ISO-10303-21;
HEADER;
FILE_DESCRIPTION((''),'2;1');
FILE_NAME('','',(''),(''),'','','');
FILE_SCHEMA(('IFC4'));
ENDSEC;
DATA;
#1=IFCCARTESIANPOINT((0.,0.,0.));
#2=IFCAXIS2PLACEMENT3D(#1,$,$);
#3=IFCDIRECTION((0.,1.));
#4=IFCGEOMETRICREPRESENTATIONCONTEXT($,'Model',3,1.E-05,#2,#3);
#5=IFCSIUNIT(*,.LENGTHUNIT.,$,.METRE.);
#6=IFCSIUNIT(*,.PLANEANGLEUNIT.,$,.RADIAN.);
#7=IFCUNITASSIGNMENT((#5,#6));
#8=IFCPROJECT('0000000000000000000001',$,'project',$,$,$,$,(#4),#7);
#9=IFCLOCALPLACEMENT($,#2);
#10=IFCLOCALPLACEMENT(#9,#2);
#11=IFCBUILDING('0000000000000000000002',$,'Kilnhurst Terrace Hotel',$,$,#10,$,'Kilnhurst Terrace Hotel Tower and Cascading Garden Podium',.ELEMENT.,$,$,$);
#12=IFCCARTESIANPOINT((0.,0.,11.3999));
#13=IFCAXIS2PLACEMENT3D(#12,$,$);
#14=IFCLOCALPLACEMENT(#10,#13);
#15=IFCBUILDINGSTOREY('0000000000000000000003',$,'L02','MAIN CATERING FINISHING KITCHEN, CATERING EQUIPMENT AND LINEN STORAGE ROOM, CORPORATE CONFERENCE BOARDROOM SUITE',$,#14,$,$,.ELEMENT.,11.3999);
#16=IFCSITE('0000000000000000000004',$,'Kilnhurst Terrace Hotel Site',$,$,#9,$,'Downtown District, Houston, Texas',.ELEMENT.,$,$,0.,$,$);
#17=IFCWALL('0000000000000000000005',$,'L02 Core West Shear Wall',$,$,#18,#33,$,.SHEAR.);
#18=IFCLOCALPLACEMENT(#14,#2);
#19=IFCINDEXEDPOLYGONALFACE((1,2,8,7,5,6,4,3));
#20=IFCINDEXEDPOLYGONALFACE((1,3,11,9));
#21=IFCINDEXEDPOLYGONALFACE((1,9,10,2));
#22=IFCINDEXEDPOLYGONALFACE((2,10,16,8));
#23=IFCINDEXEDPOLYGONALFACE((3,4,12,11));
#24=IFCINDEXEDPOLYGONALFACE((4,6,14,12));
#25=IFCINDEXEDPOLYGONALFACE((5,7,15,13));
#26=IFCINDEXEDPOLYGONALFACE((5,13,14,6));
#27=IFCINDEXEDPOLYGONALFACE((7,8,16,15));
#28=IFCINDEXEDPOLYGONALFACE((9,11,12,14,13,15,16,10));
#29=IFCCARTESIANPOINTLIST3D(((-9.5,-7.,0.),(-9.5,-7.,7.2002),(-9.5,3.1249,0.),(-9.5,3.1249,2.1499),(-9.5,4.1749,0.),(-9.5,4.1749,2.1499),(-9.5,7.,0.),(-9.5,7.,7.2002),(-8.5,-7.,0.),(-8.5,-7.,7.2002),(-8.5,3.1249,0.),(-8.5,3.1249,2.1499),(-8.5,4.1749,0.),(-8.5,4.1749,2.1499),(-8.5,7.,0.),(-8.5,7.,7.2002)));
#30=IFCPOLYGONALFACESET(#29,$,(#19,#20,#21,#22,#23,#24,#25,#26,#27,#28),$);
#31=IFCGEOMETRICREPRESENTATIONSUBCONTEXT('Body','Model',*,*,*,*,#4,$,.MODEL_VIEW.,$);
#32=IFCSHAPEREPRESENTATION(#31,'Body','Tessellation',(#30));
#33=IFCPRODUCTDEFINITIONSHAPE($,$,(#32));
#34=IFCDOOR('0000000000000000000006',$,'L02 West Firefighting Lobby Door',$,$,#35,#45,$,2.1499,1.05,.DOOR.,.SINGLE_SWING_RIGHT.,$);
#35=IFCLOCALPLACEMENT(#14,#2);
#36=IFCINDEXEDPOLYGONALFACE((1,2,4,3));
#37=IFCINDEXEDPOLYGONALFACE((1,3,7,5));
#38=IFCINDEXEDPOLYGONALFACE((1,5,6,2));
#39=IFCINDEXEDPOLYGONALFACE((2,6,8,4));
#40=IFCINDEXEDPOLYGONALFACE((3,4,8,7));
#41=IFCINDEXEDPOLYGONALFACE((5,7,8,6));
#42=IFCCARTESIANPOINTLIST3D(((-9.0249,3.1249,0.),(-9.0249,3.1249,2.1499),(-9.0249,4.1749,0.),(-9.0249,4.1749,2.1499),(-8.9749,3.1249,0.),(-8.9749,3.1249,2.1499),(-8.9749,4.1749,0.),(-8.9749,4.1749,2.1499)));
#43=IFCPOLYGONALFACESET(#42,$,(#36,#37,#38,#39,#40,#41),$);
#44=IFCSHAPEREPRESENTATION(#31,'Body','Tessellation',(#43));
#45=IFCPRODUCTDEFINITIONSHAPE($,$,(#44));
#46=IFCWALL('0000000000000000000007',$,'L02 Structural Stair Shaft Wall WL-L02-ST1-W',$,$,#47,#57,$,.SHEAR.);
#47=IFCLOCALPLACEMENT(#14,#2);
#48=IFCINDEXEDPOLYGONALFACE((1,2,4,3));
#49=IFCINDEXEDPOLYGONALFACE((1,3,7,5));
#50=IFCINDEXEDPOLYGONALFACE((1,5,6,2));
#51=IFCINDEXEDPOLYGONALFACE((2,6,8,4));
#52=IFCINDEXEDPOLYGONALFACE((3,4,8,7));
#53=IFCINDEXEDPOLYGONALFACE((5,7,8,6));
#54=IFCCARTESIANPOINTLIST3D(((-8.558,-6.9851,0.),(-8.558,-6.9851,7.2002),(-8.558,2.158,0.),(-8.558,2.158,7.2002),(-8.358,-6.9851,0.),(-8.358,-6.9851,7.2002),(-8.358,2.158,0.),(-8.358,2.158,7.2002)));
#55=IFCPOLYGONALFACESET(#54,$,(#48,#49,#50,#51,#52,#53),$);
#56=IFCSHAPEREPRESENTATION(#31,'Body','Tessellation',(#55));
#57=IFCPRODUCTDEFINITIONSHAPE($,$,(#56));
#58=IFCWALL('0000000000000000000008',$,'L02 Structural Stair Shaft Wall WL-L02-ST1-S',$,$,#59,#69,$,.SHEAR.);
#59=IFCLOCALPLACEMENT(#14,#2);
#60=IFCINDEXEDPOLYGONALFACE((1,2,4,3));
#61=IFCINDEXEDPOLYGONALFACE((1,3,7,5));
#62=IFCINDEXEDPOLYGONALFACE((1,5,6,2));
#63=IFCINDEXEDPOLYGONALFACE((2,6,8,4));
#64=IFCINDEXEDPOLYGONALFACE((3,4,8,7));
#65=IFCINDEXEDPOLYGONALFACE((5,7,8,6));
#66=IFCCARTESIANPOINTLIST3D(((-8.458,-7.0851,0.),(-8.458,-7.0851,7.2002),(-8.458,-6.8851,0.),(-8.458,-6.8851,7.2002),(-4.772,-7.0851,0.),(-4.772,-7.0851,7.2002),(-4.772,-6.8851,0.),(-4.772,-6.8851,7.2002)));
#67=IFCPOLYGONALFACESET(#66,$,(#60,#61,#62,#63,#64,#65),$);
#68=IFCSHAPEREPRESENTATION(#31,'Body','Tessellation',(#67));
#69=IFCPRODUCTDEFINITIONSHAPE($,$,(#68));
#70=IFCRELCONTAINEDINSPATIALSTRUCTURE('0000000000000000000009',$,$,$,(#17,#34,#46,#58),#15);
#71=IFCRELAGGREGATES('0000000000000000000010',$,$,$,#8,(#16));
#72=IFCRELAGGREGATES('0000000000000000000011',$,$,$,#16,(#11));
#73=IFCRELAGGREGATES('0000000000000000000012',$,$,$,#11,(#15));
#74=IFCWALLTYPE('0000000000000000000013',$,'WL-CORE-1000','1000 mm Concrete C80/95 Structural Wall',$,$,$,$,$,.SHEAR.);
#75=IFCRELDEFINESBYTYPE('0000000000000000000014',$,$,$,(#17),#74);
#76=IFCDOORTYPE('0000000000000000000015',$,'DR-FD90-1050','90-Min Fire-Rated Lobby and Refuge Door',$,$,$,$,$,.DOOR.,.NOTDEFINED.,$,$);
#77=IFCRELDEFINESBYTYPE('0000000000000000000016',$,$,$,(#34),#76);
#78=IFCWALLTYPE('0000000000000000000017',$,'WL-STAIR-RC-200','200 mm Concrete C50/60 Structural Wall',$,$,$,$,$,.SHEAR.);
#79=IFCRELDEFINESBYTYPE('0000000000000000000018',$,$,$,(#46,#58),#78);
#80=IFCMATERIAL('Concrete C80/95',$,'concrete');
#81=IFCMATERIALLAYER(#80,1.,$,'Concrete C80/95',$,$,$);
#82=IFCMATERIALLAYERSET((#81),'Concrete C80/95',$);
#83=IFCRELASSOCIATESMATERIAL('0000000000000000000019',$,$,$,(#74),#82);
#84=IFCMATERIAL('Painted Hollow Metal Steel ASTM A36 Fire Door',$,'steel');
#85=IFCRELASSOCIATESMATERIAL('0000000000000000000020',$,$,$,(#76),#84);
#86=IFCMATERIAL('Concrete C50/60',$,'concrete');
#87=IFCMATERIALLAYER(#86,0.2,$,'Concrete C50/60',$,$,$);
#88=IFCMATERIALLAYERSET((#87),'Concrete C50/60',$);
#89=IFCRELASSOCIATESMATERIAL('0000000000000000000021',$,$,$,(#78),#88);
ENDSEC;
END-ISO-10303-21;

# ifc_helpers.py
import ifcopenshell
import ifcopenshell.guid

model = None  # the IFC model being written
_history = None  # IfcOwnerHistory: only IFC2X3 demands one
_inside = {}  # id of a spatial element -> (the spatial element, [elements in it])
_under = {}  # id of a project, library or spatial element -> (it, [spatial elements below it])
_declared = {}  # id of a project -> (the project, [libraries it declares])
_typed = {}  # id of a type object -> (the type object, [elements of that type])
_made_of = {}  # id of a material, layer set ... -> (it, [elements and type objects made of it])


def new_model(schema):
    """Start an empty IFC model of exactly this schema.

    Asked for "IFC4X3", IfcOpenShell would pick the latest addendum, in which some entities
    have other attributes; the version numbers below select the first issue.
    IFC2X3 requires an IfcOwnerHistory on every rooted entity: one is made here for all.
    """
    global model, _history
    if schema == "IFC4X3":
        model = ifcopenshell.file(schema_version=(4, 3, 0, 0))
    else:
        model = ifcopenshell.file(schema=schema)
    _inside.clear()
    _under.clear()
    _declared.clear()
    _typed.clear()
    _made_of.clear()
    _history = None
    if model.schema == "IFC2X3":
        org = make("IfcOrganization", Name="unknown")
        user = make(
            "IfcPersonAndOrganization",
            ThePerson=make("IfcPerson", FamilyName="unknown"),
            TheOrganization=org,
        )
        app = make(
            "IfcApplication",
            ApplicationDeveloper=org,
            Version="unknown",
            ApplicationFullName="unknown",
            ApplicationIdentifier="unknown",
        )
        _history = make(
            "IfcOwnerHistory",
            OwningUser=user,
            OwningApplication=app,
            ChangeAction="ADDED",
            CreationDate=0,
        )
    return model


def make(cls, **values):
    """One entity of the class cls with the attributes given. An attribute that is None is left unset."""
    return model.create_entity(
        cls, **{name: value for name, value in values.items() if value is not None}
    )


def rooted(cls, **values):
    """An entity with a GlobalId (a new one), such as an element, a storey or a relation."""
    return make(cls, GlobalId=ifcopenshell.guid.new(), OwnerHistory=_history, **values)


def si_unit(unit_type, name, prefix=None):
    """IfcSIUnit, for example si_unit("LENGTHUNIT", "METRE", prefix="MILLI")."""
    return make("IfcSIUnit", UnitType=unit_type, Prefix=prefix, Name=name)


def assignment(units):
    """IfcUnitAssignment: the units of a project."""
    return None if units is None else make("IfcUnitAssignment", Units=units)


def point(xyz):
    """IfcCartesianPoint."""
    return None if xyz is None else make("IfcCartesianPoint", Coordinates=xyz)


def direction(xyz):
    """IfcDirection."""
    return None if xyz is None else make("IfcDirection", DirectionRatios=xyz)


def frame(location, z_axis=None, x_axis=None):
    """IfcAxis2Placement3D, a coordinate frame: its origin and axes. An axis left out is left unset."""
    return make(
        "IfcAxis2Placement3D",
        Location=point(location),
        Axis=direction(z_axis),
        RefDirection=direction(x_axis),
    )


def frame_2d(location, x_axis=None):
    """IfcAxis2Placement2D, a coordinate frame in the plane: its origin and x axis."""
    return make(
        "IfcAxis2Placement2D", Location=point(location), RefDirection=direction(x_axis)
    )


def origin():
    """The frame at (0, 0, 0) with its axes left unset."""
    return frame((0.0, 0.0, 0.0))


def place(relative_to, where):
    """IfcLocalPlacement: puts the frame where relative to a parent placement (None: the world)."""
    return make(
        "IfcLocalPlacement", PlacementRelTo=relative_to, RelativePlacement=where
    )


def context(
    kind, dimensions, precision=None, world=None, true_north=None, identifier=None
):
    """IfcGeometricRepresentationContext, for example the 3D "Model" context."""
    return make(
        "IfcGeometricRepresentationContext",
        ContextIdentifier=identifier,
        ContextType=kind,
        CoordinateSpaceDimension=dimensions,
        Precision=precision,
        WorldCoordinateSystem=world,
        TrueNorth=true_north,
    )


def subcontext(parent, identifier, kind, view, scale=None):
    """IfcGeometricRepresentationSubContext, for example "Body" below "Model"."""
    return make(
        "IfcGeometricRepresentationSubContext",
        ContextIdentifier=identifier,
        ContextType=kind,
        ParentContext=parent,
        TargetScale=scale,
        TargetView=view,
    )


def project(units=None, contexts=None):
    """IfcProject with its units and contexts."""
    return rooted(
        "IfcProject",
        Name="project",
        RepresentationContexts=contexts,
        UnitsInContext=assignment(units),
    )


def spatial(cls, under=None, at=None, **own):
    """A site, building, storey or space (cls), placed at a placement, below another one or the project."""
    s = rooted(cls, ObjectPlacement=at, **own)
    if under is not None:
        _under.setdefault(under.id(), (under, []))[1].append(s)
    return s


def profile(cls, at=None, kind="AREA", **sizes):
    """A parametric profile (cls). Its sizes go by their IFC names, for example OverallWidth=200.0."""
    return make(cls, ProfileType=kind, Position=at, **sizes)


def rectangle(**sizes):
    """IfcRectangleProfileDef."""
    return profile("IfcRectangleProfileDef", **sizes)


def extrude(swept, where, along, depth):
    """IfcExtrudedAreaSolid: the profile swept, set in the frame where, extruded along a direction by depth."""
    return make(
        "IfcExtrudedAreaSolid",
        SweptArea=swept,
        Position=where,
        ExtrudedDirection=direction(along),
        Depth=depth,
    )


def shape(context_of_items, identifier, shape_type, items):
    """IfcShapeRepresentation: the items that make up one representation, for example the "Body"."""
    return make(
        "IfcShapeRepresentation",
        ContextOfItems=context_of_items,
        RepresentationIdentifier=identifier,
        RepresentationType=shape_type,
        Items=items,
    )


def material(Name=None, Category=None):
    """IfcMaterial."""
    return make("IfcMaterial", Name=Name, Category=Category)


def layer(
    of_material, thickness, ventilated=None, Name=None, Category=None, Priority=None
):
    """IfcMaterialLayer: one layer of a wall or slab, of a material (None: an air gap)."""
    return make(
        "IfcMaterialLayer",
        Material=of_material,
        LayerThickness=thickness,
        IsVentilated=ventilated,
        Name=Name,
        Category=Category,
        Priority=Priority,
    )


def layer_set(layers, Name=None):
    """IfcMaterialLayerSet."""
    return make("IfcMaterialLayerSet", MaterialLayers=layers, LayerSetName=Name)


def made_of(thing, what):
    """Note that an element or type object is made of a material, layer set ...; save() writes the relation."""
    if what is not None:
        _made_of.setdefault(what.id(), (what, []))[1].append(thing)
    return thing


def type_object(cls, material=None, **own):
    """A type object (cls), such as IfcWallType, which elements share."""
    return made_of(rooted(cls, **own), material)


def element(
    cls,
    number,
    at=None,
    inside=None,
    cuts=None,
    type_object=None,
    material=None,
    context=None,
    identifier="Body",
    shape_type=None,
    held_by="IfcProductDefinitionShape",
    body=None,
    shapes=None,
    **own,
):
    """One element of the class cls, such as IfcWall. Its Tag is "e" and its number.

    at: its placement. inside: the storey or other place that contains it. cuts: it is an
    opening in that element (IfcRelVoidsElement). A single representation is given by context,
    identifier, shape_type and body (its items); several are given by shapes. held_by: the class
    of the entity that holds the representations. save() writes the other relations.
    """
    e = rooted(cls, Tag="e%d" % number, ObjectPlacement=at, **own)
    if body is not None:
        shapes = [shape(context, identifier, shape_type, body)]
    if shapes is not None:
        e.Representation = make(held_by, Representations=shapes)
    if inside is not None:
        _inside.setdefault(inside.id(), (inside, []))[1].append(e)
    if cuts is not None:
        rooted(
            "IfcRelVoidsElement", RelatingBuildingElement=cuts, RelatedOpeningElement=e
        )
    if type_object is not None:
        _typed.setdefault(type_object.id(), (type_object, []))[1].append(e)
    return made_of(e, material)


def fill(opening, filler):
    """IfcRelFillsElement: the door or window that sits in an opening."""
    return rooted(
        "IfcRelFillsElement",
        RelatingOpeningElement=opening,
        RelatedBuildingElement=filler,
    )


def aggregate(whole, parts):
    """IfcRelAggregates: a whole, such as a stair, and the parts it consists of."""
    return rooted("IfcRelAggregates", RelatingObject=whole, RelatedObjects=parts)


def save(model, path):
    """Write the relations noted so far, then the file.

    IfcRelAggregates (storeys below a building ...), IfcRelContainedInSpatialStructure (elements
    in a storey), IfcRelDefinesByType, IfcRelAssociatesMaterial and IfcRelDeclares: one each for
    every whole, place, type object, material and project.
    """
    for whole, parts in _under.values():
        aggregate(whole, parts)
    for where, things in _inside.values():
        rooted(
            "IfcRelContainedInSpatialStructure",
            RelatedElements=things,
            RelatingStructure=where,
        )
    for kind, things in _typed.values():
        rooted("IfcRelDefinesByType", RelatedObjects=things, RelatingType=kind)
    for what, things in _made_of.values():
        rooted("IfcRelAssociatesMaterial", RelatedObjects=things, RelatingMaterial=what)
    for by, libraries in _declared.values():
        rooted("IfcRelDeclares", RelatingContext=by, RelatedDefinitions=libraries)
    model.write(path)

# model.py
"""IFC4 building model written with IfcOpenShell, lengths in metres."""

from ifc_helpers import new_model, si_unit, direction, frame, frame_2d, origin, place, context, subcontext, project, spatial, rectangle, extrude, material, layer, layer_set, type_object, element, fill, save


model = new_model("IFC4")

# Units and contexts
model_context = context("Model", 3, precision=1e-05, world=origin(), true_north=direction((0.0, 1.0)))
body_context = subcontext(model_context, "Body", "Model", "MODEL_VIEW")
ifc_project = project(units=[si_unit("LENGTHUNIT", "METRE"), si_unit("PLANEANGLEUNIT", "RADIAN")], contexts=[model_context])

# Site, building, storey
site_placement = place(None, origin())
site = spatial("IfcSite", under=ifc_project, at=site_placement, Name="Kilnhurst Terrace Hotel Site", LongName="Downtown District, Houston, Texas", CompositionType="ELEMENT", RefElevation=0.0)
building_placement = place(site_placement, origin())
building = spatial("IfcBuilding", under=site, at=building_placement, Name="Kilnhurst Terrace Hotel", LongName="Kilnhurst Terrace Hotel Tower and Cascading Garden Podium", CompositionType="ELEMENT")
storey_placement = place(building_placement, frame((0.0, 0.0, 11.3999)))
storey = spatial("IfcBuildingStorey", under=building, at=storey_placement, Name="L02", Description="MAIN CATERING FINISHING KITCHEN, CATERING EQUIPMENT AND LINEN STORAGE ROOM, CORPORATE CONFERENCE BOARDROOM SUITE", CompositionType="ELEMENT", Elevation=11.3999)

# Shared definitions
ifc_material_1 = material(Name="Concrete C80/95", Category="concrete")
ifc_material_2 = material(Name="Concrete C50/60", Category="concrete")

# Wall, opening, door
ifc_layer_1 = layer(ifc_material_1, 1.0, Name="Concrete C80/95")
ifc_layer_set_1 = layer_set([ifc_layer_1], Name="Concrete C80/95")
wall_type_1 = type_object("IfcWallType", Name="WL-CORE-1000", Description="1000 mm Concrete C80/95 Structural Wall", PredefinedType="SHEAR", material=ifc_layer_set_1)
ifc_material_3 = material(Name="Painted Hollow Metal Steel ASTM A36 Fire Door", Category="steel")
wall_1_placement = place(storey_placement, frame((-9.0, -7.0, 0.0), z_axis=(0.0, 0.0, 1.0), x_axis=(0.0, 1.0, 0.0)))
wall_1 = element("IfcWall", 1, at=wall_1_placement, inside=storey, type_object=wall_type_1, Name="L02 Core West Shear Wall", PredefinedType="SHEAR", context=body_context, shape_type="SweptSolid", body=[
    extrude(rectangle(XDim=14.0, YDim=1.0, at=frame_2d((7.0, 0.0))), origin(), (0.0, 0.0, 1.0), 7.2002),
])
opening_1_placement = place(wall_1_placement, frame((10.125, 0.0, 0.0)))
opening_1 = element("IfcOpeningElement", 2, at=opening_1_placement, cuts=wall_1, PredefinedType="OPENING", context=body_context, shape_type="SweptSolid", body=[
    extrude(rectangle(XDim=1.05, YDim=2.1499, at=frame_2d((0.5249, 1.075))), frame((0.0, 0.51, 0.0), z_axis=(0.0, -1.0, 0.0), x_axis=(1.0, 0.0, 0.0)), (0.0, 0.0, 1.0), 1.02),
])
door_type_1 = type_object("IfcDoorType", Name="DR-FD90-1050", Description="90-Min Fire-Rated Lobby and Refuge Door", OperationType="NOTDEFINED", PredefinedType="DOOR", material=ifc_material_3)
door_1_placement = place(opening_1_placement, origin())
door_1 = element("IfcDoor", 3, at=door_1_placement, inside=storey, type_object=door_type_1, Name="L02 West Firefighting Lobby Door", OperationType="SINGLE_SWING_RIGHT", OverallHeight=2.1499, OverallWidth=1.05, PredefinedType="DOOR", context=body_context, shape_type="SweptSolid", body=[
    extrude(rectangle(XDim=1.05, YDim=2.1499, at=frame_2d((0.5249, 1.075))), frame((0.0, 0.0249, 0.0), z_axis=(0.0, -1.0, 0.0), x_axis=(1.0, 0.0, 0.0)), (0.0, 0.0, 1.0), 0.05),
])
fill(opening_1, door_1)

# Walls
ifc_layer_2 = layer(ifc_material_2, 0.2, Name="Concrete C50/60")
ifc_layer_set_2 = layer_set([ifc_layer_2], Name="Concrete C50/60")
wall_type_2 = type_object("IfcWallType", Name="WL-STAIR-RC-200", Description="200 mm Concrete C50/60 Structural Wall", PredefinedType="SHEAR", material=ifc_layer_set_2)
wall_2_placement = place(storey_placement, frame((-8.458, -6.9851, 0.0), z_axis=(0.0, 0.0, 1.0), x_axis=(0.0, 1.0, 0.0)))
element("IfcWall", 4, at=wall_2_placement, inside=storey, type_object=wall_type_2, Name="L02 Structural Stair Shaft Wall WL-L02-ST1-W", PredefinedType="SHEAR", context=body_context, shape_type="SweptSolid", body=[
    extrude(rectangle(XDim=9.1431, YDim=0.2, at=frame_2d((4.5715, 0.0))), origin(), (0.0, 0.0, 1.0), 7.2002),
])
wall_3_placement = place(storey_placement, frame((-8.458, -6.9851, 0.0), z_axis=(0.0, 0.0, 1.0), x_axis=(1.0, 0.0, 0.0)))
element("IfcWall", 5, at=wall_3_placement, inside=storey, type_object=wall_type_2, Name="L02 Structural Stair Shaft Wall WL-L02-ST1-S", PredefinedType="SHEAR", context=body_context, shape_type="SweptSolid", body=[
    extrude(rectangle(XDim=3.686, YDim=0.2, at=frame_2d((1.843, 0.0))), origin(), (0.0, 0.0, 1.0), 7.2002),
])

save(model, "model.ifc")
